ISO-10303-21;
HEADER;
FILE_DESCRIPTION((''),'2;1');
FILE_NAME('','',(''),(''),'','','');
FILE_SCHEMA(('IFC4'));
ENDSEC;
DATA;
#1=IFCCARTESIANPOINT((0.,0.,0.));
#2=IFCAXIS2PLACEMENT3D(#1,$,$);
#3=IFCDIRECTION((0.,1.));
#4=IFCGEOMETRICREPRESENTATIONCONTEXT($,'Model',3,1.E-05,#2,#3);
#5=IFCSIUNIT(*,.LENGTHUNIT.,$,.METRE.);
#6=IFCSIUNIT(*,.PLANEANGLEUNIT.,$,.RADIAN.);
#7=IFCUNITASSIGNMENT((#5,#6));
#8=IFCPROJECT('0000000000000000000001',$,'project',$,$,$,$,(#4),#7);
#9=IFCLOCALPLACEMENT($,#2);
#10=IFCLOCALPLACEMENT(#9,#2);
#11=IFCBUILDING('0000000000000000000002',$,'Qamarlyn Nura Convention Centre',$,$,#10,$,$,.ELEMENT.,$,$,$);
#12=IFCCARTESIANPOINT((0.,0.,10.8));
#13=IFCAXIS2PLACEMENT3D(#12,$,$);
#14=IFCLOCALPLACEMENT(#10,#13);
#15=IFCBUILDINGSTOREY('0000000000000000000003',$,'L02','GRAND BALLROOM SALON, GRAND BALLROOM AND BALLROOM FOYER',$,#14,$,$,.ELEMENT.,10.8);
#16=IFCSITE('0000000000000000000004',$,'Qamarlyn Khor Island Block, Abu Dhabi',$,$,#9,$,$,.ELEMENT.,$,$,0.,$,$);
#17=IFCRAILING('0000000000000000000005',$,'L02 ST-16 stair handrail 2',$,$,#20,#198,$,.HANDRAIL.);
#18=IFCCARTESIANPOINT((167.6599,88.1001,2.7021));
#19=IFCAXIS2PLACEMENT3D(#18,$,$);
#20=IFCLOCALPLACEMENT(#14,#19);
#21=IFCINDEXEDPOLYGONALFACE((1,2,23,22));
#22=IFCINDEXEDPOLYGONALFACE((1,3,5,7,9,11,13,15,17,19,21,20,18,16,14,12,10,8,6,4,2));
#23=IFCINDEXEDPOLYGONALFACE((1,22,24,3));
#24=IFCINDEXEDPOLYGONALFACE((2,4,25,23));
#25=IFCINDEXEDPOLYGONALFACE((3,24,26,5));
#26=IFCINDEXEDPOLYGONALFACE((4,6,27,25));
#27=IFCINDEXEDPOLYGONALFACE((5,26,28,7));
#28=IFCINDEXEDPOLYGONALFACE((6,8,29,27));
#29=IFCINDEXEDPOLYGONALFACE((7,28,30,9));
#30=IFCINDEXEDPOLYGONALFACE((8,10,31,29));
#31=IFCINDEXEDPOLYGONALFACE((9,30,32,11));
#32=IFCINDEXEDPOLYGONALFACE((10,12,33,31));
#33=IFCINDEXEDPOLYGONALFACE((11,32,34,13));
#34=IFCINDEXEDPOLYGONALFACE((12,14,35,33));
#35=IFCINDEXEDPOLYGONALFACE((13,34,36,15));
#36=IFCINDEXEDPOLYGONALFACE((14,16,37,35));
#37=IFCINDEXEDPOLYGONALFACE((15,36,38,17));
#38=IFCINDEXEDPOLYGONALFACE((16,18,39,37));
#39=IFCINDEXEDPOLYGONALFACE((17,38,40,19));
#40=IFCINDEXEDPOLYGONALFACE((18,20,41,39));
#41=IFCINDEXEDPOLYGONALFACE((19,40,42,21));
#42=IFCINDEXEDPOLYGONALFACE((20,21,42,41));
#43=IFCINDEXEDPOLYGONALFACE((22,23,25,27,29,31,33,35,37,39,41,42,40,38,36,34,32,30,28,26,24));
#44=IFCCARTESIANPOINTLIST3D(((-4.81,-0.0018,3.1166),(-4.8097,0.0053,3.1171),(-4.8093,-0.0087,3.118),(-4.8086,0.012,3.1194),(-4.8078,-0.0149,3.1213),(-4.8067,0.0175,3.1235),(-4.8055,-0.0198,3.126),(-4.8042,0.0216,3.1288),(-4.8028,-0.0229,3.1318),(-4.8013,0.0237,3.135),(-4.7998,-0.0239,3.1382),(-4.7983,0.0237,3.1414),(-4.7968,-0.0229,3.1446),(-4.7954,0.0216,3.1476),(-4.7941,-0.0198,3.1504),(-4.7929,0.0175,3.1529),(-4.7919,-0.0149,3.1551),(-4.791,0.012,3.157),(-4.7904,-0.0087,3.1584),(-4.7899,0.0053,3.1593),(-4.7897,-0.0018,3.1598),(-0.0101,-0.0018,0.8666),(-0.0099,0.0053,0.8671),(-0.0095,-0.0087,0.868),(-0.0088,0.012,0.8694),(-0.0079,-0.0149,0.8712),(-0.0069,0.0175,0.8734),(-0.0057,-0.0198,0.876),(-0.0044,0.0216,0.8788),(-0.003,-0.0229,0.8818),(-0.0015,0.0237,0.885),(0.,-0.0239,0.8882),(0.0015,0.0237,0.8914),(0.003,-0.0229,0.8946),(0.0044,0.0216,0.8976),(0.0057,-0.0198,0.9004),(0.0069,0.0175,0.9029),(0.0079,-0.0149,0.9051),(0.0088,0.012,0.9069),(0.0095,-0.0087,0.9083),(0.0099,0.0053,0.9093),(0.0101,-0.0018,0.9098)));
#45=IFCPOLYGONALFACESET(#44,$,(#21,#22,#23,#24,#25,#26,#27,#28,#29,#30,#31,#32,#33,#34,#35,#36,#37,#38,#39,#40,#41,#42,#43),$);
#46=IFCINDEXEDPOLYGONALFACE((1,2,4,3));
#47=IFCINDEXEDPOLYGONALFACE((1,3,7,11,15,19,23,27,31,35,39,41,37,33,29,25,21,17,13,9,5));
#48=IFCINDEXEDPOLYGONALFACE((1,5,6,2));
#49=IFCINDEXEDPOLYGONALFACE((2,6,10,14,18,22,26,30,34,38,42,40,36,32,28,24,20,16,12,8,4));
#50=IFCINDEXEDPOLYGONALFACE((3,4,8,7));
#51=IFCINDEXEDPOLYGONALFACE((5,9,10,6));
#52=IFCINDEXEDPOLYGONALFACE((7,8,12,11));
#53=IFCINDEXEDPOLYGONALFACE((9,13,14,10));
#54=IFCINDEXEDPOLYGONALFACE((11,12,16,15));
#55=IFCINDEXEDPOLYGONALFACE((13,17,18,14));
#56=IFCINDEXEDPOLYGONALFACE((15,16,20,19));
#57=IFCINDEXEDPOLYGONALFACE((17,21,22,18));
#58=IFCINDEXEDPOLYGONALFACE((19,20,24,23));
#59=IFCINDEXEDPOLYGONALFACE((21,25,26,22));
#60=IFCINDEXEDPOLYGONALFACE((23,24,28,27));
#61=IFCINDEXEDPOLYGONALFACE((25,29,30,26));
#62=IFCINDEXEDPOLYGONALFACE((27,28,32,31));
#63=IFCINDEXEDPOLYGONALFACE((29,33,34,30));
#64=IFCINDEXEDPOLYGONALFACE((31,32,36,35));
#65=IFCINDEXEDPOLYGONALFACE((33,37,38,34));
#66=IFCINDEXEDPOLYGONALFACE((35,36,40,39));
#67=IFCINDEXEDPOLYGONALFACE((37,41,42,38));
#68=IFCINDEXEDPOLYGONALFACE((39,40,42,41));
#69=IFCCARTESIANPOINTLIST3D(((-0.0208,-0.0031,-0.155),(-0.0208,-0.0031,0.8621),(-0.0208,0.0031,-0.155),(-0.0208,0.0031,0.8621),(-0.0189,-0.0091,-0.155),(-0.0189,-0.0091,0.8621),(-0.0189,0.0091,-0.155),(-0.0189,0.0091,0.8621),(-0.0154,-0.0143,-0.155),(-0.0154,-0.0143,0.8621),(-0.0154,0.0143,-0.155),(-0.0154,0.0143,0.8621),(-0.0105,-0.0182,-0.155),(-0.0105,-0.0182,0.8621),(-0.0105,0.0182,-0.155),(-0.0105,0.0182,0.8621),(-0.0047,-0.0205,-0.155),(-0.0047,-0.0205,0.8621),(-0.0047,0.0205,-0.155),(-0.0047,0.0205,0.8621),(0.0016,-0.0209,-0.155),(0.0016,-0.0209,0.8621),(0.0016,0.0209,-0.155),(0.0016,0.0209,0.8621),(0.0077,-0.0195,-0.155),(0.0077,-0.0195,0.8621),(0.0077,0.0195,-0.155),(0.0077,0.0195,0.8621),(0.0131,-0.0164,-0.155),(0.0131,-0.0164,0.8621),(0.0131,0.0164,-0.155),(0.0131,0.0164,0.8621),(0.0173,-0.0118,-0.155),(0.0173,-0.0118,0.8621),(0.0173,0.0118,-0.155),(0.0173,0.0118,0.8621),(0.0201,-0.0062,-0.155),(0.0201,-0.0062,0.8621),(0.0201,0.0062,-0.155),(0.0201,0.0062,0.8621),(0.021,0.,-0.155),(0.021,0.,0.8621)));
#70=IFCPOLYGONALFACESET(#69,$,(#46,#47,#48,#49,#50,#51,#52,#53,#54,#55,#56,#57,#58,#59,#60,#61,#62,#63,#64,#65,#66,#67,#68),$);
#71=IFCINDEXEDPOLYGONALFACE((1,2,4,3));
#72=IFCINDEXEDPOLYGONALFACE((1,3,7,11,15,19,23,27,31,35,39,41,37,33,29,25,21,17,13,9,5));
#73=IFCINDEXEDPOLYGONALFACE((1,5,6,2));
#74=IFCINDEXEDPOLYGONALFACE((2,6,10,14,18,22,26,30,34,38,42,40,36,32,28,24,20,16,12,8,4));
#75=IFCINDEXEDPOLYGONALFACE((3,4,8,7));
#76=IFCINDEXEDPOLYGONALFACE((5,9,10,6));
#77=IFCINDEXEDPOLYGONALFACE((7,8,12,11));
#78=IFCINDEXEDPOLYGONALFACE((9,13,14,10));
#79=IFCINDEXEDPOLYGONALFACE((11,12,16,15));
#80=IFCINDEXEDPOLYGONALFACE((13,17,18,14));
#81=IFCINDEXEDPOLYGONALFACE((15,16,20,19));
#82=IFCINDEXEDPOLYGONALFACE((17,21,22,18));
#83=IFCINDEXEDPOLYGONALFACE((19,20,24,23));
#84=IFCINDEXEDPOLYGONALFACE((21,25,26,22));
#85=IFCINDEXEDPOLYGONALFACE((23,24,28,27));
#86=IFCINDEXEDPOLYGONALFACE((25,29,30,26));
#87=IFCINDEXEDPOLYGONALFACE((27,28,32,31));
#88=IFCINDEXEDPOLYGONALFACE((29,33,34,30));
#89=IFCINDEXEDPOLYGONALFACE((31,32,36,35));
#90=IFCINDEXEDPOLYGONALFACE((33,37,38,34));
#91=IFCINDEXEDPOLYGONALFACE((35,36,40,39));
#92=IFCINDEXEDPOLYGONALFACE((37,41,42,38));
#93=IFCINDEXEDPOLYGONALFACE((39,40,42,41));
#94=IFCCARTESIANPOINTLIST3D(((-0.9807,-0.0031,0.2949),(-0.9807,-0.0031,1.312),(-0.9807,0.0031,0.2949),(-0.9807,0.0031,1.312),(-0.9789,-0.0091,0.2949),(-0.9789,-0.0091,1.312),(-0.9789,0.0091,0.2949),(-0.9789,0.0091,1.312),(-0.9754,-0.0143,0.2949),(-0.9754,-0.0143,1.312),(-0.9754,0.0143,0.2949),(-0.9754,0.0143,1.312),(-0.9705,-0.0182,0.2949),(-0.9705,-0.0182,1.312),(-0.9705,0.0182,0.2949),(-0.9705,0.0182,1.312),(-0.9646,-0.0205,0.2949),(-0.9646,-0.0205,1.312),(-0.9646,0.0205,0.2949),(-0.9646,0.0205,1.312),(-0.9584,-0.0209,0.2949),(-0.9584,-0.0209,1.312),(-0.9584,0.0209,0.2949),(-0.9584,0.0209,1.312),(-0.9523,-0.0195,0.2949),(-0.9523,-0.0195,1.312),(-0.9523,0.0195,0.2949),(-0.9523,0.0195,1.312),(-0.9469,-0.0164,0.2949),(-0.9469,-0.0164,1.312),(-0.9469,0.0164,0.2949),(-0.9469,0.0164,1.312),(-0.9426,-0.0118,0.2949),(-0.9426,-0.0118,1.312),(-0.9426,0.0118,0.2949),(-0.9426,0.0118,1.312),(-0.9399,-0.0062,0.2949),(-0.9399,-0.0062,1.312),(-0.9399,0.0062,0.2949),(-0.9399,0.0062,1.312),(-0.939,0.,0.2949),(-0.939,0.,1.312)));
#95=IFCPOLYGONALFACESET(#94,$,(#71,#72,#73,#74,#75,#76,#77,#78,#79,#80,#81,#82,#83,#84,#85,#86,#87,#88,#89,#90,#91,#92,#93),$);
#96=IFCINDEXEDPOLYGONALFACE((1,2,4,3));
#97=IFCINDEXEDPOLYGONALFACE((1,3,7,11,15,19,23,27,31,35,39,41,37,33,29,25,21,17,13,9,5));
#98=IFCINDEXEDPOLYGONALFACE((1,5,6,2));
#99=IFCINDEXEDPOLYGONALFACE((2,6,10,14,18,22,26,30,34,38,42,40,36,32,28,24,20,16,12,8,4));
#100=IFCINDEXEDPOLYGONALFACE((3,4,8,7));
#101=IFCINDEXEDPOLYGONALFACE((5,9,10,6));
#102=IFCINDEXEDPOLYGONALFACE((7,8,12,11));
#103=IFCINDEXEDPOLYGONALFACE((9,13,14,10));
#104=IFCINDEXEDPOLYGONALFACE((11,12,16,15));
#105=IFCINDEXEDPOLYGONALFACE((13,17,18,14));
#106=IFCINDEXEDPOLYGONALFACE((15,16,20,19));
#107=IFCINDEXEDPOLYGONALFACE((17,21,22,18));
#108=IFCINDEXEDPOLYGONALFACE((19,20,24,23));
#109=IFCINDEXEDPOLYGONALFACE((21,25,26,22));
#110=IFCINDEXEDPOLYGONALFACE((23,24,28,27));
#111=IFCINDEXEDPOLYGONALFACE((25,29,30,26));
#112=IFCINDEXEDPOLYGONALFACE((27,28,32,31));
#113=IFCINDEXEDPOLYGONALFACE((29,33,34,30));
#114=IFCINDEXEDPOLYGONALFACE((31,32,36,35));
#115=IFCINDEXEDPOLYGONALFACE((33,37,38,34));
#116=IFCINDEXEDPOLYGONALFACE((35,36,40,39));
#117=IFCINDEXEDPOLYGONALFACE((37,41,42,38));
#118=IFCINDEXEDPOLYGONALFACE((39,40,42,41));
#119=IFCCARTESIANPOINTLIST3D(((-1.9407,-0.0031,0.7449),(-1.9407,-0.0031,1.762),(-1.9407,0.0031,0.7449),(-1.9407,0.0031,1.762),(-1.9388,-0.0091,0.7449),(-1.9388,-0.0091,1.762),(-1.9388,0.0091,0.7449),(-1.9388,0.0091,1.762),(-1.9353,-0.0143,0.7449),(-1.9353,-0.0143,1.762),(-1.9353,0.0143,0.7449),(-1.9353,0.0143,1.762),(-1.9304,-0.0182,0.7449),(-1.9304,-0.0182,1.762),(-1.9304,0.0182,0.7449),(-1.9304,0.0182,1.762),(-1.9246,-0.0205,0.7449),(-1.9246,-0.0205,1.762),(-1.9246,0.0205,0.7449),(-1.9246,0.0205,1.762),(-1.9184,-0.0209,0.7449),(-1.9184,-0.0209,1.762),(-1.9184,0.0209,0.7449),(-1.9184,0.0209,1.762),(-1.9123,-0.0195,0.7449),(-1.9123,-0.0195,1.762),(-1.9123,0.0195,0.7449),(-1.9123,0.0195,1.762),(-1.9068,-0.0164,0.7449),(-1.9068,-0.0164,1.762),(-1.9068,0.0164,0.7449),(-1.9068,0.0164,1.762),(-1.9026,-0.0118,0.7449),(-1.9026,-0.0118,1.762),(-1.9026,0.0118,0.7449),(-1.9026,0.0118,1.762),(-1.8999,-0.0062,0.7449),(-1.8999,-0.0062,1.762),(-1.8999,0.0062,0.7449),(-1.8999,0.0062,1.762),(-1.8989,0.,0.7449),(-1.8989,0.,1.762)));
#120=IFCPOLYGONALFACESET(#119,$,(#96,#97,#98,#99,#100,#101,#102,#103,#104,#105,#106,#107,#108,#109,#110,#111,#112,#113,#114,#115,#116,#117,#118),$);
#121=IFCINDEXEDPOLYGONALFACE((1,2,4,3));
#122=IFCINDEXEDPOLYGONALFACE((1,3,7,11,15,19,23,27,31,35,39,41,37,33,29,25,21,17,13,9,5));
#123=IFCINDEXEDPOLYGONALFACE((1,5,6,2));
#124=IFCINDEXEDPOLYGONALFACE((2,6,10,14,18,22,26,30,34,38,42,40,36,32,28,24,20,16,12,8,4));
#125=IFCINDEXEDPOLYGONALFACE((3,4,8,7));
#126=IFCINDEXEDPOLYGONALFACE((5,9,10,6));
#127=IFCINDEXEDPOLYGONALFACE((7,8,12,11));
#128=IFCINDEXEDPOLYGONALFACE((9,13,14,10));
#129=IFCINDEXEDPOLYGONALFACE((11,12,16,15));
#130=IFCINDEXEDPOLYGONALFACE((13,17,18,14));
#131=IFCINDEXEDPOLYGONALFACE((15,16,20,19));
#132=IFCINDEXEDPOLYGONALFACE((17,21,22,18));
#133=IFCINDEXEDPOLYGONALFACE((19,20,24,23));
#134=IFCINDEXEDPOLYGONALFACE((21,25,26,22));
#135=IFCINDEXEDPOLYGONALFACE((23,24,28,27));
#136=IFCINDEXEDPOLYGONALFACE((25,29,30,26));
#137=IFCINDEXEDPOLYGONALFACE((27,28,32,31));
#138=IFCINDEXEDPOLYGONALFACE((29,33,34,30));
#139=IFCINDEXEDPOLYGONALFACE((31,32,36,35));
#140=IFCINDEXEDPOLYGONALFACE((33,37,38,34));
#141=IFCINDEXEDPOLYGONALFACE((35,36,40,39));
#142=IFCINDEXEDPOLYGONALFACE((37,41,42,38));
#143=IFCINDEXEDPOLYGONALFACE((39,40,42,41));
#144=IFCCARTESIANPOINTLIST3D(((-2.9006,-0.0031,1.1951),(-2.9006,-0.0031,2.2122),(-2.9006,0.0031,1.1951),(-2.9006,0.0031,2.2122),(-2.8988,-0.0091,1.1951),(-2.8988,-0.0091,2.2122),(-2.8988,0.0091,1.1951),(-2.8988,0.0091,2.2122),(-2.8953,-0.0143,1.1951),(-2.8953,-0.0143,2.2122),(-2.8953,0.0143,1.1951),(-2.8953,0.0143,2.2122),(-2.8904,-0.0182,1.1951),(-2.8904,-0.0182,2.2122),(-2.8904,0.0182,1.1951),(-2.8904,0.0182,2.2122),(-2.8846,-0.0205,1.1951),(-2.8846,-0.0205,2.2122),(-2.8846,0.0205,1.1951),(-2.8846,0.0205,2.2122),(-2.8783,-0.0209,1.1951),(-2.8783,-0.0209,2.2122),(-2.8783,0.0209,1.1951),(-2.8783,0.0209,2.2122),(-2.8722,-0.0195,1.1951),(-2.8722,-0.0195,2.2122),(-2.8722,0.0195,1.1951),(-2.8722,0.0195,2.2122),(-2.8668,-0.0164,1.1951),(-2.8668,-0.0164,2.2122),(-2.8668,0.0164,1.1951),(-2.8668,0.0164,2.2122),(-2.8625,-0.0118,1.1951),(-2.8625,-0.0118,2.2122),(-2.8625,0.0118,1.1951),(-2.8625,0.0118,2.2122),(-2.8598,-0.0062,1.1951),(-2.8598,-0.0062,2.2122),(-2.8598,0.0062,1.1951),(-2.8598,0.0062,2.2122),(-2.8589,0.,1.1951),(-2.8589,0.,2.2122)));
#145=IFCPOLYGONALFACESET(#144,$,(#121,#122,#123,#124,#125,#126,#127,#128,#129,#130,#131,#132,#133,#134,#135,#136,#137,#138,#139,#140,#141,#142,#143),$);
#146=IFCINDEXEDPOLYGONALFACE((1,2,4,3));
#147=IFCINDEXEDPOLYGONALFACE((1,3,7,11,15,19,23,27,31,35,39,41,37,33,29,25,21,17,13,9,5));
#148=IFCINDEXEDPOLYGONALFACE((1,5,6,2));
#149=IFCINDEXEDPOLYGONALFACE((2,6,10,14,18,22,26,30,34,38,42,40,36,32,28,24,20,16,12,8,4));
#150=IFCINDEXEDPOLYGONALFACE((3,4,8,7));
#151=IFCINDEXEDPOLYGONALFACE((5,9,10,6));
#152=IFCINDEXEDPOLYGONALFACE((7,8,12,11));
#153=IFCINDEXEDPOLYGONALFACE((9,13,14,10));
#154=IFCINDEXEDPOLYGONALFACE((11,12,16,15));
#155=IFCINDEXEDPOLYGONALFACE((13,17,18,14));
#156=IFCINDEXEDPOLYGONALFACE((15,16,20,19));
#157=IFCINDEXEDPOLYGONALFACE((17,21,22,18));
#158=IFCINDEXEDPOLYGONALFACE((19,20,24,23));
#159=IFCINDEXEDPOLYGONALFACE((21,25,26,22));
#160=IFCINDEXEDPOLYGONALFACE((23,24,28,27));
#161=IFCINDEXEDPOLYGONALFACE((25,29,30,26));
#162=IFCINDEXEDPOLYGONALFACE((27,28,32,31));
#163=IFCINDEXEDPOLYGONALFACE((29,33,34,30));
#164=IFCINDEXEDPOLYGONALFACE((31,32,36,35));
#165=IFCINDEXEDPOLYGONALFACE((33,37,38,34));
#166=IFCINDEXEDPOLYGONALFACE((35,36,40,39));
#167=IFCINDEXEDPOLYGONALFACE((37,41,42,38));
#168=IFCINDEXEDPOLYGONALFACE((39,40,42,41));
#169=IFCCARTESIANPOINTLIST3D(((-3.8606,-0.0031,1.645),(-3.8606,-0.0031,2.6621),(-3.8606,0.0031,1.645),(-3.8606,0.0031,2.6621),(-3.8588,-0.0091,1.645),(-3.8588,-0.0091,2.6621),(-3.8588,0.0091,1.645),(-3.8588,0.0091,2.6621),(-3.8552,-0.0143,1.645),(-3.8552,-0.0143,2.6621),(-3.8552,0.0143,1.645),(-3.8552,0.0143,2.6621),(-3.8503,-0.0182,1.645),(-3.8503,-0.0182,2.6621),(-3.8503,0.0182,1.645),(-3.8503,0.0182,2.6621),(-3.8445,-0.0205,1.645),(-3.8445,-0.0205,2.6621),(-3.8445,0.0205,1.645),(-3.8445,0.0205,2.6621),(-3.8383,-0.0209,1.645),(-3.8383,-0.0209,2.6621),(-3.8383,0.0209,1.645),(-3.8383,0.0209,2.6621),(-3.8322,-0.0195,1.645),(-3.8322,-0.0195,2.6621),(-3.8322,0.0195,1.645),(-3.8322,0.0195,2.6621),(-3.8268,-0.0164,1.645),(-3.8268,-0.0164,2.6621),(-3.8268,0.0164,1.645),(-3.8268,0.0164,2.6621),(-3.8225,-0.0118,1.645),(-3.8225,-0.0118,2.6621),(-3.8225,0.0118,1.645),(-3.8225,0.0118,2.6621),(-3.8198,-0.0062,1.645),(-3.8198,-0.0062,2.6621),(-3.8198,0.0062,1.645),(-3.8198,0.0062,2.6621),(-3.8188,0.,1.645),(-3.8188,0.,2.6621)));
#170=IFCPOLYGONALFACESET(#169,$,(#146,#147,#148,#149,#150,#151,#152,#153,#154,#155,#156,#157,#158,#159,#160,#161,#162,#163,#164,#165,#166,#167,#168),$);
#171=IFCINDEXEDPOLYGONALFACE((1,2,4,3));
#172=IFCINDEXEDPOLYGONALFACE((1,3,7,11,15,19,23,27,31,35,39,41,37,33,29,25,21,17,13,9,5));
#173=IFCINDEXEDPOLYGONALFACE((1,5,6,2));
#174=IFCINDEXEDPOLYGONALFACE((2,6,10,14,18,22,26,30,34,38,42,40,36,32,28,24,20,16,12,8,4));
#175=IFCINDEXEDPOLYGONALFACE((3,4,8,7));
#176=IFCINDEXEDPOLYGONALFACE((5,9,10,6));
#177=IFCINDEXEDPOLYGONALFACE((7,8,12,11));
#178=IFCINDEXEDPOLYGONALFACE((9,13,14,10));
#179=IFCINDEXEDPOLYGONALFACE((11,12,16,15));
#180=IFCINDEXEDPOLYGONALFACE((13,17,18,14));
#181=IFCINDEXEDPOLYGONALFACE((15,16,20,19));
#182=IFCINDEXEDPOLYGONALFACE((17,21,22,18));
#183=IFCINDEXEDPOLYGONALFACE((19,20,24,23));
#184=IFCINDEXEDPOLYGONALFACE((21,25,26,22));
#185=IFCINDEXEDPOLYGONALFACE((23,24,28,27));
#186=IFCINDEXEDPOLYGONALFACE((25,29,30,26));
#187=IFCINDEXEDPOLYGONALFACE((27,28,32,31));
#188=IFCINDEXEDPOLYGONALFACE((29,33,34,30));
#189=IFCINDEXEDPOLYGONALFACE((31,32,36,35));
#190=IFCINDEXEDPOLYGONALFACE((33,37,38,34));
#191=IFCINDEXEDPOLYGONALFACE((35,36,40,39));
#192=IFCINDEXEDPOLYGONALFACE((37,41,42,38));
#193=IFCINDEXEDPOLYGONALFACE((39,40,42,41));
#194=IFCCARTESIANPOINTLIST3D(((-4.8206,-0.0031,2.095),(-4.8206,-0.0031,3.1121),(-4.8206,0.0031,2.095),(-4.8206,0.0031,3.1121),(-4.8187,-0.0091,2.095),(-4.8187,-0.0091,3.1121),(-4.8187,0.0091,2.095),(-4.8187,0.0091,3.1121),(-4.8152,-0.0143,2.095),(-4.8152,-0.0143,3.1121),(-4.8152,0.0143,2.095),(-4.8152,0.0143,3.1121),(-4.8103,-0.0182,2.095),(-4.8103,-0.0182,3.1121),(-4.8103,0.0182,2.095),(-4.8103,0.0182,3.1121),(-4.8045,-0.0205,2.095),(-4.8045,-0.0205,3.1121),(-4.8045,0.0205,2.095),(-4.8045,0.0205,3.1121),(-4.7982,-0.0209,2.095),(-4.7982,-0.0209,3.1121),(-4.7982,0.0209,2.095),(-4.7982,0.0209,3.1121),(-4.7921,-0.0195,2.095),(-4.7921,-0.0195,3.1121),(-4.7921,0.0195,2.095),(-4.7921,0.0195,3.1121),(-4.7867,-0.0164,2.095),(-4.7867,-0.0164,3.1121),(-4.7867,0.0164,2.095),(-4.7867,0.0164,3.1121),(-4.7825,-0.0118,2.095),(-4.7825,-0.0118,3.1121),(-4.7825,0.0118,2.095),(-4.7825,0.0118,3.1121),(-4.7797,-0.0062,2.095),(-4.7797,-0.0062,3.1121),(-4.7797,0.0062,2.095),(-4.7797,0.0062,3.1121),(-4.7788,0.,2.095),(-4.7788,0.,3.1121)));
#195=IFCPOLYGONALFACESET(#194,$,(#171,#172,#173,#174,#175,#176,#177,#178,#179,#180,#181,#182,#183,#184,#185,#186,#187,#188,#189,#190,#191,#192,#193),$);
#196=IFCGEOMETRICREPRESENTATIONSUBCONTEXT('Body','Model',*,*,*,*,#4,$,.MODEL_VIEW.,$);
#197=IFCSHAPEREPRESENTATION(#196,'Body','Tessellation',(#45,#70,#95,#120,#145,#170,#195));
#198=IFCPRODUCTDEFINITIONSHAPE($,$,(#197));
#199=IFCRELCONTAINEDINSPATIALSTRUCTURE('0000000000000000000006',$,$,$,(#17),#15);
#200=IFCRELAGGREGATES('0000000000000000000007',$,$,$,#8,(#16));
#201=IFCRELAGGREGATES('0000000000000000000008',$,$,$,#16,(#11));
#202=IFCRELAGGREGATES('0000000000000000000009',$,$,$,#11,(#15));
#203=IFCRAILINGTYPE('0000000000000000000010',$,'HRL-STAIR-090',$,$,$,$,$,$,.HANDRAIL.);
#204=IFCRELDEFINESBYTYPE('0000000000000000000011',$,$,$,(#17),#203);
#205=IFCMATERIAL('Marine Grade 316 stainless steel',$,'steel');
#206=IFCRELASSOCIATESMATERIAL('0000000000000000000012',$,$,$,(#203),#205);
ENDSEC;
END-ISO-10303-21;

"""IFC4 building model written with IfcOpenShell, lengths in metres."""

from ifc_helpers import new_model, si_unit, direction, frame, origin, origin_2d, place, context, subcontext, project, spatial, circle, extrude, material, type_object, element, save


model = new_model("IFC4")

# Units and contexts
model_context = context("Model", 3, precision=1e-05, world=origin(), true_north=direction((0.0, 1.0)))
body_context = subcontext(model_context, "Body", "Model", "MODEL_VIEW")
ifc_project = project(units=[si_unit("LENGTHUNIT", "METRE"), si_unit("PLANEANGLEUNIT", "RADIAN")], contexts=[model_context])

# Site, building, storey
site_placement = place(None, origin())
site = spatial("IfcSite", under=ifc_project, at=site_placement, Name="Qamarlyn Khor Island Block, Abu Dhabi", CompositionType="ELEMENT", RefElevation=0.0)
building_placement = place(site_placement, origin())
building = spatial("IfcBuilding", under=site, at=building_placement, Name="Qamarlyn Nura Convention Centre", CompositionType="ELEMENT")
storey_placement = place(building_placement, frame((0.0, 0.0, 10.8)))
storey = spatial("IfcBuildingStorey", under=building, at=storey_placement, Name="L02", Description="GRAND BALLROOM SALON, GRAND BALLROOM AND BALLROOM FOYER", CompositionType="ELEMENT", Elevation=10.8)

# Railing
ifc_material_1 = material(Name="Marine Grade 316 stainless steel", Category="steel")
railing_type_1 = type_object("IfcRailingType", Name="HRL-STAIR-090", PredefinedType="HANDRAIL", material=ifc_material_1)
railing_1_placement = place(storey_placement, frame((167.6599, 88.1001, 2.7021)))
element("IfcRailing", 1, at=railing_1_placement, inside=storey, type_object=railing_type_1, Name="L02 ST-16 stair handrail 2", PredefinedType="HANDRAIL", context=body_context, shape_type="SweptSolid", body=[
    extrude(circle(Radius=0.0239, at=origin_2d()), frame((0.0, 0.0, 0.8882), z_axis=(-0.905452, 0.0, 0.424448), x_axis=(0.0, -1.0, 0.0)), (0.0, 0.0, 1.0), 5.301),
    extrude(circle(Radius=0.021, at=origin_2d()), frame((0.0, 0.0, -0.155)), (0.0, 0.0, 1.0), 1.0171),
    extrude(circle(Radius=0.021, at=origin_2d()), frame((-0.96, 0.0, 0.2949)), (0.0, 0.0, 1.0), 1.0171),
    extrude(circle(Radius=0.021, at=origin_2d()), frame((-1.9199, 0.0, 0.7449)), (0.0, 0.0, 1.0), 1.0171),
    extrude(circle(Radius=0.021, at=origin_2d()), frame((-2.8799, 0.0, 1.1951)), (0.0, 0.0, 1.0), 1.0171),
    extrude(circle(Radius=0.021, at=origin_2d()), frame((-3.8398, 0.0, 1.645)), (0.0, 0.0, 1.0), 1.0171),
    extrude(circle(Radius=0.021, at=origin_2d()), frame((-4.7998, 0.0, 2.095)), (0.0, 0.0, 1.0), 1.0171),
])

save(model, "model.ifc")
